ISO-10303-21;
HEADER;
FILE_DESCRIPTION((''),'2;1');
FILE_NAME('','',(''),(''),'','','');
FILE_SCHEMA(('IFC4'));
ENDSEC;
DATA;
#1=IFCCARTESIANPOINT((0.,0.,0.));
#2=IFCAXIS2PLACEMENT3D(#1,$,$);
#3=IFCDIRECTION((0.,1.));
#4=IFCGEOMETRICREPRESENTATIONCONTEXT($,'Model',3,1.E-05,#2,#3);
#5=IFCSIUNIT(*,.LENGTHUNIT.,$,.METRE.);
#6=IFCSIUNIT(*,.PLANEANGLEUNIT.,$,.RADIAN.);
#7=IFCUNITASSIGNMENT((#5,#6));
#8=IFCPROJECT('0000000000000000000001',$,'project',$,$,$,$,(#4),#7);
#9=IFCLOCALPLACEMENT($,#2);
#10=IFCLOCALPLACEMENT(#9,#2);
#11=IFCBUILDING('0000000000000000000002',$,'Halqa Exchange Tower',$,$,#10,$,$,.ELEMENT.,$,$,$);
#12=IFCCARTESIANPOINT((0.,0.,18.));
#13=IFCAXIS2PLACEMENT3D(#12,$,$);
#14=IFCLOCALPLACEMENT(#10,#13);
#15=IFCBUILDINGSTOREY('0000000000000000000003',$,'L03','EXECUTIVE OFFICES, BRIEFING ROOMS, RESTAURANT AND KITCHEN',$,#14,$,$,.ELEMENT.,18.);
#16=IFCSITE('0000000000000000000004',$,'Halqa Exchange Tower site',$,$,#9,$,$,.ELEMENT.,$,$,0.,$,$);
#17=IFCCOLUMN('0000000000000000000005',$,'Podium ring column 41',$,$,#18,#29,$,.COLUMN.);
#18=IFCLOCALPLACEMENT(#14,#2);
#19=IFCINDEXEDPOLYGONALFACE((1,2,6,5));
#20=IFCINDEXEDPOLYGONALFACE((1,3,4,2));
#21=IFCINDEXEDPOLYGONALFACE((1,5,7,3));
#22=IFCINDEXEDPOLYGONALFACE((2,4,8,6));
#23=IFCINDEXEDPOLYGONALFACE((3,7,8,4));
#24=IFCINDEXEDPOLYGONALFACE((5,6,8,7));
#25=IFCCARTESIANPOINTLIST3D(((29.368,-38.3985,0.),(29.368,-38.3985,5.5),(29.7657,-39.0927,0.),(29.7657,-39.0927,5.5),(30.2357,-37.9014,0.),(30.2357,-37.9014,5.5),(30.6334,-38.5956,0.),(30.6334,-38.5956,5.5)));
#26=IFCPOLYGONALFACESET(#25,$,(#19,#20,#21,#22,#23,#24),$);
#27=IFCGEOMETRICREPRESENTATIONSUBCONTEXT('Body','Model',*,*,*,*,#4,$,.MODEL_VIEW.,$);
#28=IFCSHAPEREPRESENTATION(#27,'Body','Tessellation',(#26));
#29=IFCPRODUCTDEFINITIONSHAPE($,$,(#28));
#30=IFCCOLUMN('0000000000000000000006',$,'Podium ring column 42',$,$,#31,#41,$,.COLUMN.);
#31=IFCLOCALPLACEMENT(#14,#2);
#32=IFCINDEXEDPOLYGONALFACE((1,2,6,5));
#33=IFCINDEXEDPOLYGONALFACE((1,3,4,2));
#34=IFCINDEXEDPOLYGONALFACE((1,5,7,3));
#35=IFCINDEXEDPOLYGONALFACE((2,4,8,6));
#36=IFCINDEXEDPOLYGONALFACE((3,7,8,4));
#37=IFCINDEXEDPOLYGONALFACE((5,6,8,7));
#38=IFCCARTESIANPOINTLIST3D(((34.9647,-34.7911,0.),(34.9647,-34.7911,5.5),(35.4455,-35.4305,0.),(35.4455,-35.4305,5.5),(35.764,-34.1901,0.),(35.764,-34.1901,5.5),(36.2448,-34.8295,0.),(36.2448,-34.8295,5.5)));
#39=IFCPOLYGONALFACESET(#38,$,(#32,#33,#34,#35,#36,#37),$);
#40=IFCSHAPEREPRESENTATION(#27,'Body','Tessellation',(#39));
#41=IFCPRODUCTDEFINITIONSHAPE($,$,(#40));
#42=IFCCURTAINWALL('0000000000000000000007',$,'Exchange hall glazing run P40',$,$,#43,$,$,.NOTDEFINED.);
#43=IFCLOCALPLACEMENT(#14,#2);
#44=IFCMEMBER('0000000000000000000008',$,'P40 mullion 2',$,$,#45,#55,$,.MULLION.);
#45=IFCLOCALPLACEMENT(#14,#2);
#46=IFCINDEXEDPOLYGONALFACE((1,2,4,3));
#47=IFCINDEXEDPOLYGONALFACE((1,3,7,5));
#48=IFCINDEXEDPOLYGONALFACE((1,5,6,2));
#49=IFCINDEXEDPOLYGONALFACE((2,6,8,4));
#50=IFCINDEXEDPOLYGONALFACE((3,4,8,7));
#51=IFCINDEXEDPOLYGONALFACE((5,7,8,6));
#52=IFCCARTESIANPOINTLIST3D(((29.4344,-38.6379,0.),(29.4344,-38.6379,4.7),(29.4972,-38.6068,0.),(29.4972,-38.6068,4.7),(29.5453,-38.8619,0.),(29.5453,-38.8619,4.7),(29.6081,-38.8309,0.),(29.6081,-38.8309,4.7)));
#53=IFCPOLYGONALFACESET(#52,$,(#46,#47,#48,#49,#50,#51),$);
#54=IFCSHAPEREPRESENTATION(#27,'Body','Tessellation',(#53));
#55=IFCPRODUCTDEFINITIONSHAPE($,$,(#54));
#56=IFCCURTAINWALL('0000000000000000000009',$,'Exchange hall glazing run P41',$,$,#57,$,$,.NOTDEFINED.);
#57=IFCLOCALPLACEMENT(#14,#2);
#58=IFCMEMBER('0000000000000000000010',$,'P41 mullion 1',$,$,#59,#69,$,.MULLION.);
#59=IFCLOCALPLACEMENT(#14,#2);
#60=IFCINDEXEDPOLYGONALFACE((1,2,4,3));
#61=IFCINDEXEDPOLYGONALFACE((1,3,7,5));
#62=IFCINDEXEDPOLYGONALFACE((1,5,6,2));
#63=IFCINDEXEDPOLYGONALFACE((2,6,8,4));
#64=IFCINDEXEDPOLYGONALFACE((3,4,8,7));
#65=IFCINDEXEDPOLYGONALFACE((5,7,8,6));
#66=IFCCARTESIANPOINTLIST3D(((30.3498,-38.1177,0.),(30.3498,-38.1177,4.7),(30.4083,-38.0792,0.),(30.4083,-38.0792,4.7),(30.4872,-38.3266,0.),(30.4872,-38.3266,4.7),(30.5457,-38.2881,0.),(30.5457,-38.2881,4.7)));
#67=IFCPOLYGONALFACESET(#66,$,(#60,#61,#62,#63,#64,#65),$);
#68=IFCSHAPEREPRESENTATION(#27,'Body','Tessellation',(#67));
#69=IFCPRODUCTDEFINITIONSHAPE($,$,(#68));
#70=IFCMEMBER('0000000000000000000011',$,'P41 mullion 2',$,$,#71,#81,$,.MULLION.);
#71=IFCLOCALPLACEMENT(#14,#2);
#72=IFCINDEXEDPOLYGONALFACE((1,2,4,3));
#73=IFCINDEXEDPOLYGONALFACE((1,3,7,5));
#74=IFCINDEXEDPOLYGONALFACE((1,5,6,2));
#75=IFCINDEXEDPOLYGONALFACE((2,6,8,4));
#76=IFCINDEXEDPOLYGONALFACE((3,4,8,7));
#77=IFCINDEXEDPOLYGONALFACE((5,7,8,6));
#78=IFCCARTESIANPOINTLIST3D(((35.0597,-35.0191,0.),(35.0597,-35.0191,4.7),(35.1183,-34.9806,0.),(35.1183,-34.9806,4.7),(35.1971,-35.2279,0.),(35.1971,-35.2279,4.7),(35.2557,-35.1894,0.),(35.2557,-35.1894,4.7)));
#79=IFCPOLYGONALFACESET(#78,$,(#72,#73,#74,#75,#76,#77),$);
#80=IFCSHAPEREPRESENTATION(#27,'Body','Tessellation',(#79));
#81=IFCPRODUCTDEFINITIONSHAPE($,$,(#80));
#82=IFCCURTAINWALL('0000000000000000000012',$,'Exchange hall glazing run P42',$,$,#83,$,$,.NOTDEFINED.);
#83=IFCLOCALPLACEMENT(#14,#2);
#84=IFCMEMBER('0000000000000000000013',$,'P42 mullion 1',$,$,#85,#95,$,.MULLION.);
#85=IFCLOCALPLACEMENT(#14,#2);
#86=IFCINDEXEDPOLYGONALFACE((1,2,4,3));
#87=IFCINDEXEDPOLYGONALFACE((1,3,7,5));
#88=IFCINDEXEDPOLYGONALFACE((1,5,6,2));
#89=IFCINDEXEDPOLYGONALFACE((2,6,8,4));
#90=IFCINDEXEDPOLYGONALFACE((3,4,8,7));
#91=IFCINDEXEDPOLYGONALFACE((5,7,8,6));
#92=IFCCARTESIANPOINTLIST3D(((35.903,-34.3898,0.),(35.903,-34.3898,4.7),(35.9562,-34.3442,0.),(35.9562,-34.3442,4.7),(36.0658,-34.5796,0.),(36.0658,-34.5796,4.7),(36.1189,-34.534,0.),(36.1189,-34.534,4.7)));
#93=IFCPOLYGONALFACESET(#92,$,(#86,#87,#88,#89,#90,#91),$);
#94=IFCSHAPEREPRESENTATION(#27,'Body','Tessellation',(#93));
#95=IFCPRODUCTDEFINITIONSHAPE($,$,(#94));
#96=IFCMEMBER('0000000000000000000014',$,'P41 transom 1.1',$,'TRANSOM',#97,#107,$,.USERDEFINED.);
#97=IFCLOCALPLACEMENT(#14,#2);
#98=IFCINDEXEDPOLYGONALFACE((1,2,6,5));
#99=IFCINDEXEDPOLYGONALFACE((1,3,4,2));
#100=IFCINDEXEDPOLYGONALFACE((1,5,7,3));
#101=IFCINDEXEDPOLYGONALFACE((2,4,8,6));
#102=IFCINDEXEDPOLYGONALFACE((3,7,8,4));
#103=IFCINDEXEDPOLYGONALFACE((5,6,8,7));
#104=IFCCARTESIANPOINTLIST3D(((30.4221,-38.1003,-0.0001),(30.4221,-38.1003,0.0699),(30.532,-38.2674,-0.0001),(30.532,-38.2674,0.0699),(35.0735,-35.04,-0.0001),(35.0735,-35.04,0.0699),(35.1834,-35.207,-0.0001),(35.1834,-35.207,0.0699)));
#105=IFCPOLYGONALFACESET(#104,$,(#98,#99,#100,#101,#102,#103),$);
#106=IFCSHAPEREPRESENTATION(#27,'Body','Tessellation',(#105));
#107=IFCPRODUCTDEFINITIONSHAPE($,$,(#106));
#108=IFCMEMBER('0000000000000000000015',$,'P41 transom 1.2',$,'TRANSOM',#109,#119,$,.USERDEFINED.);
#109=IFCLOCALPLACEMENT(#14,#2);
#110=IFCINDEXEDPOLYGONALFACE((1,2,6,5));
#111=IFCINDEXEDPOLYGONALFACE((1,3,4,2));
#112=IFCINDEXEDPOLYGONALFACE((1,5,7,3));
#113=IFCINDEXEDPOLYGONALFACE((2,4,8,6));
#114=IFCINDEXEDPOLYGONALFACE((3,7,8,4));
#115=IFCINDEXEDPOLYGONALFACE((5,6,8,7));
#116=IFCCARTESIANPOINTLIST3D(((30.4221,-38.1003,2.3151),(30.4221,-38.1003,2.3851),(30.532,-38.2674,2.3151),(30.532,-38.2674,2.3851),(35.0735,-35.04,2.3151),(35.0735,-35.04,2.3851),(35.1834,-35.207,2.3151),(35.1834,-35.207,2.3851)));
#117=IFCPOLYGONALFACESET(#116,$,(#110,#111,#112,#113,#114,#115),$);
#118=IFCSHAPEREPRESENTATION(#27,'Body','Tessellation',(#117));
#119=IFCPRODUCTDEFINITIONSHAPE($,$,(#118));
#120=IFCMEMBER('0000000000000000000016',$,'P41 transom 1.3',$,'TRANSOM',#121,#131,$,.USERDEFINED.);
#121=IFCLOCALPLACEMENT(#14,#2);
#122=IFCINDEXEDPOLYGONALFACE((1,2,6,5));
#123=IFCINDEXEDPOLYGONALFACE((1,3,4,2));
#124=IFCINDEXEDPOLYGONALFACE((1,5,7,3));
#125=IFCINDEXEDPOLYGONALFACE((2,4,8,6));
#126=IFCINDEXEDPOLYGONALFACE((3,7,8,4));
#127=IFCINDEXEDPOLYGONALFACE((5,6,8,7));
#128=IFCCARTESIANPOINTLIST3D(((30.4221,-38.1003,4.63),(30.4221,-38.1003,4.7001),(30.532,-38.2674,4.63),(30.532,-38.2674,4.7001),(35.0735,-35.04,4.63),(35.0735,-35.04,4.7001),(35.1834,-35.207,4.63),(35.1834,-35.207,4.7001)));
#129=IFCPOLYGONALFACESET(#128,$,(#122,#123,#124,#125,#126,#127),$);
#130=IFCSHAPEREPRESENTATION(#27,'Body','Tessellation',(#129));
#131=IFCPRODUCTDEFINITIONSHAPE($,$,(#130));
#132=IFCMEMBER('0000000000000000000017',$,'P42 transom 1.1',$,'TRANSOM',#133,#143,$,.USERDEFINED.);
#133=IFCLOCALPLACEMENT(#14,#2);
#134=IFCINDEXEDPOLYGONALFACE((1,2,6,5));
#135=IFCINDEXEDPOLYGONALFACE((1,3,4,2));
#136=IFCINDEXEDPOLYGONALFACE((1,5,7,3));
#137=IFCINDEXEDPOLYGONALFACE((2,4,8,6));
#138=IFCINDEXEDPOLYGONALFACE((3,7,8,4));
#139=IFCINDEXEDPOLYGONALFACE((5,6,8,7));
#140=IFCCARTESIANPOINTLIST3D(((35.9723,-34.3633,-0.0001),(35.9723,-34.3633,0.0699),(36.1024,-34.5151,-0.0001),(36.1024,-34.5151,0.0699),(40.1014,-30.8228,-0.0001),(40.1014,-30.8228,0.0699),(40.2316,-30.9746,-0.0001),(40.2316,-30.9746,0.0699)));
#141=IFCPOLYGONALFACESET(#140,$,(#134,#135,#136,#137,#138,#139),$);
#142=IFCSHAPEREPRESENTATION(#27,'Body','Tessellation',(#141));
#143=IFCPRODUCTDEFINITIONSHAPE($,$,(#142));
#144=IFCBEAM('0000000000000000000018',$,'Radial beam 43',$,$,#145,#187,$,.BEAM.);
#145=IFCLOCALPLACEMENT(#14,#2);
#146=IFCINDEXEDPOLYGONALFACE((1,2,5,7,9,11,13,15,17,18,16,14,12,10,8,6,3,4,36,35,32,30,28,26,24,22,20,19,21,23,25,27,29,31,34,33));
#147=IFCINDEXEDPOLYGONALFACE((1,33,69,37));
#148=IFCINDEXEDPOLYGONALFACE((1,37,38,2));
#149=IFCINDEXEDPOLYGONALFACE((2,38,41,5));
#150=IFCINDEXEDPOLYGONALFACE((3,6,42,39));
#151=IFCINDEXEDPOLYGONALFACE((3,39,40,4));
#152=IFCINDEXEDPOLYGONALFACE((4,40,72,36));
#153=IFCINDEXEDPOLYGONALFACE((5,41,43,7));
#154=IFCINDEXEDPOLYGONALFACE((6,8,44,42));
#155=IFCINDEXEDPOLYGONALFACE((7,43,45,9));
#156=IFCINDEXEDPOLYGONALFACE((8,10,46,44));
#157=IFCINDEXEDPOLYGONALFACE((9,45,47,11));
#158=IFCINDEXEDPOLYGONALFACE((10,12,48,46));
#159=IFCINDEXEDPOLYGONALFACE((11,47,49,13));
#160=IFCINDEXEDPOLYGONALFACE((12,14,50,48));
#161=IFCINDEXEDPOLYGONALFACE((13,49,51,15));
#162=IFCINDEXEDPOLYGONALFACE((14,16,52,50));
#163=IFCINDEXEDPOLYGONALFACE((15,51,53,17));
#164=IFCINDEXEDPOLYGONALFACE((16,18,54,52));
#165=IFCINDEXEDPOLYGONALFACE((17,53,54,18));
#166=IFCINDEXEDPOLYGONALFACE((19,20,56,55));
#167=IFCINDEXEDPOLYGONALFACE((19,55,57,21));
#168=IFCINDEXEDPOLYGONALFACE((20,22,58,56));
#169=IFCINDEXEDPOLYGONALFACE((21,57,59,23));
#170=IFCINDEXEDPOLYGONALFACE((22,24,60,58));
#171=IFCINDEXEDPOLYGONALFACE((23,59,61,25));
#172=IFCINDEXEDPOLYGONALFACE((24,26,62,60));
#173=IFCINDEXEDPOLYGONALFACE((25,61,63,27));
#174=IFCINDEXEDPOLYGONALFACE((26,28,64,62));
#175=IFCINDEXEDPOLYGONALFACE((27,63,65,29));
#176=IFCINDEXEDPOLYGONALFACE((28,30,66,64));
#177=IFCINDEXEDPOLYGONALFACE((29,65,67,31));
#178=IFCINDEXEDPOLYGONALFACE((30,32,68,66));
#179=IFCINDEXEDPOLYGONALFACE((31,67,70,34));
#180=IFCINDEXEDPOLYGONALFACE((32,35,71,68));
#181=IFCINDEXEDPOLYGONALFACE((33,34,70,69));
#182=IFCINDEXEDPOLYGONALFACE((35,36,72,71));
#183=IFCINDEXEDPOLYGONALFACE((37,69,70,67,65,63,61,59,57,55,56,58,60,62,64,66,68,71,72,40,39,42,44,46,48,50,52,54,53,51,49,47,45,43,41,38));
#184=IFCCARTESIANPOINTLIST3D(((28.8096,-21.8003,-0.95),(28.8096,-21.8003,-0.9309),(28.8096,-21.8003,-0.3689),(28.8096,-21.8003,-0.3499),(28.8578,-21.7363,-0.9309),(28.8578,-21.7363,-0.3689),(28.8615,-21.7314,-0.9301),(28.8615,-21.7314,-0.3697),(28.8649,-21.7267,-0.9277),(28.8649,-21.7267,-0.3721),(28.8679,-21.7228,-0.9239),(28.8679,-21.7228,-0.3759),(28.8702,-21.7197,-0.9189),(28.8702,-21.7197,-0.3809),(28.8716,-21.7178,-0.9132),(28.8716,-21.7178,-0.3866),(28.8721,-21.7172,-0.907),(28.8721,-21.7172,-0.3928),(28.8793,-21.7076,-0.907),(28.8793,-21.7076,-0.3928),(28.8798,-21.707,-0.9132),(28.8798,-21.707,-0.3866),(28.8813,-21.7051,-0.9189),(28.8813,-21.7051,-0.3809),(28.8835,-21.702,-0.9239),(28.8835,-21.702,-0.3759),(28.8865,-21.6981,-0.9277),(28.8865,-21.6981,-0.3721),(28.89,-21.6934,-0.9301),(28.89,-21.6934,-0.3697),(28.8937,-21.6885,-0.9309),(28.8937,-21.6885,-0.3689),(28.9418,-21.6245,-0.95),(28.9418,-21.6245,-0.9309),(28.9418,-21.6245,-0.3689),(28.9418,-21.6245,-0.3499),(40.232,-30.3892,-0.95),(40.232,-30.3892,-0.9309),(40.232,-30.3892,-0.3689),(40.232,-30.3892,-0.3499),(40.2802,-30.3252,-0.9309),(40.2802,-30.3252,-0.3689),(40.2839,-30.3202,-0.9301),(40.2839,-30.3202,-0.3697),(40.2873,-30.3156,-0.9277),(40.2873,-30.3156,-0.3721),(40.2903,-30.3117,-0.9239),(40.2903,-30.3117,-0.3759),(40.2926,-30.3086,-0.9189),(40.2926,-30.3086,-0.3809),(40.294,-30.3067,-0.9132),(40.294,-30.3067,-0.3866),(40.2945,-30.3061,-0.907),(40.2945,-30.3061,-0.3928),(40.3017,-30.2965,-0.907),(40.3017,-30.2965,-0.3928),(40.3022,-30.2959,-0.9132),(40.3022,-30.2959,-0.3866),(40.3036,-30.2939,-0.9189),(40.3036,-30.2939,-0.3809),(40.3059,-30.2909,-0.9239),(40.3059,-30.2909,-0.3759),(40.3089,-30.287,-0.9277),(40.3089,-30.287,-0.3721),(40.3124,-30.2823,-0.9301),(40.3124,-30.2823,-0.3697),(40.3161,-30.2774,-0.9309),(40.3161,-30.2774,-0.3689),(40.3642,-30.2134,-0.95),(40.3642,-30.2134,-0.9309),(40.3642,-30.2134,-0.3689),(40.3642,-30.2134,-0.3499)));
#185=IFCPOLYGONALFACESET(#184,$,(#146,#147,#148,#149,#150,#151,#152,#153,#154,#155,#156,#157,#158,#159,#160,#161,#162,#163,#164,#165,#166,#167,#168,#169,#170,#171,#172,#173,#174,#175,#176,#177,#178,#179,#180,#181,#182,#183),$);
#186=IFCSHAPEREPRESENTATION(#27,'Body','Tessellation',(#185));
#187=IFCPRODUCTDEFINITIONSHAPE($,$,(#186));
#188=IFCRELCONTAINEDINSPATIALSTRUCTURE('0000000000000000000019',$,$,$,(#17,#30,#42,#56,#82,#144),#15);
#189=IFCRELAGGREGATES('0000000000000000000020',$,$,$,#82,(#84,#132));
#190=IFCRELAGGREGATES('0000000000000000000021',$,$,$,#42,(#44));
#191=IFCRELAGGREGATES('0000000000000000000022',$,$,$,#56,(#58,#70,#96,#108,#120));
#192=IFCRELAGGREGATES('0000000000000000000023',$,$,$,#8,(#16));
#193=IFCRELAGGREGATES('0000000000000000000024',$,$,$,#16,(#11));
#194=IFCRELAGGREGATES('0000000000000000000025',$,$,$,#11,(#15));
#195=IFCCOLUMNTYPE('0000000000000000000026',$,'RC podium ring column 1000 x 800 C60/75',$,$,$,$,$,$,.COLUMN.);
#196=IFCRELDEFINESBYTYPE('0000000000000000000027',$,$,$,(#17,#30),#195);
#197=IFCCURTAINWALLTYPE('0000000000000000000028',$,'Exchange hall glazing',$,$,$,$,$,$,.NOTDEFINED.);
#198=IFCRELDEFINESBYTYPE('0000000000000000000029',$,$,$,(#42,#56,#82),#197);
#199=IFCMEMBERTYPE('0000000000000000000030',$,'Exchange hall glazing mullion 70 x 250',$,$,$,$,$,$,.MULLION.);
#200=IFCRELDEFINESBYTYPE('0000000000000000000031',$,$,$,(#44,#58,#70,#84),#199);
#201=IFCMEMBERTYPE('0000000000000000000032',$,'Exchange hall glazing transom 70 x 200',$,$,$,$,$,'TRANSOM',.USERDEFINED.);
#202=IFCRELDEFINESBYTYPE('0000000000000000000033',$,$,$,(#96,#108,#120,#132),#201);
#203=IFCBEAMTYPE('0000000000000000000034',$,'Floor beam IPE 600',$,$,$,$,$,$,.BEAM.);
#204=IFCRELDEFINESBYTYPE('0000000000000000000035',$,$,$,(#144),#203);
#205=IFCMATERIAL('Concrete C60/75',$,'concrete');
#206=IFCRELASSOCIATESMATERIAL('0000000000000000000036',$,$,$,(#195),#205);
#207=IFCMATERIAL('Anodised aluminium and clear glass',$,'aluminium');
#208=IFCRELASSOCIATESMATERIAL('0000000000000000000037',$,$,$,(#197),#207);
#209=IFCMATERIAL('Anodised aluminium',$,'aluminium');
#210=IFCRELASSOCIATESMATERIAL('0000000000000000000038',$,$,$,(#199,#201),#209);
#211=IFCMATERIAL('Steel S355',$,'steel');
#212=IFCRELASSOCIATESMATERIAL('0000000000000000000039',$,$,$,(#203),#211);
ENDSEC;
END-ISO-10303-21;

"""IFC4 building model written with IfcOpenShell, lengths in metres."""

from ifc_helpers import new_model, si_unit, direction, frame, origin, origin_2d, place, context, subcontext, project, spatial, rectangle, i_section, extrude, material, material_profile, profile_set, type_object, element, aggregate, save


model = new_model("IFC4")

# Units and contexts
model_context = context("Model", 3, precision=1e-05, world=origin(), true_north=direction((0.0, 1.0)))
body_context = subcontext(model_context, "Body", "Model", "MODEL_VIEW")
ifc_project = project(units=[si_unit("LENGTHUNIT", "METRE"), si_unit("PLANEANGLEUNIT", "RADIAN")], contexts=[model_context])

# Site, building, storey
site_placement = place(None, origin())
site = spatial("IfcSite", under=ifc_project, at=site_placement, Name="Halqa Exchange Tower site", CompositionType="ELEMENT", RefElevation=0.0)
building_placement = place(site_placement, origin())
building = spatial("IfcBuilding", under=site, at=building_placement, Name="Halqa Exchange Tower", CompositionType="ELEMENT")
storey_placement = place(building_placement, frame((0.0, 0.0, 18.0)))
storey = spatial("IfcBuildingStorey", under=building, at=storey_placement, Name="L03", Description="EXECUTIVE OFFICES, BRIEFING ROOMS, RESTAURANT AND KITCHEN", CompositionType="ELEMENT", Elevation=18.0)

# Columns
ifc_material_1 = material(Name="Concrete C60/75", Category="concrete")
ifc_material_profile_1 = material_profile(ifc_material_1, rectangle(XDim=1.0, YDim=0.8, at=origin_2d()), Name="1000 x 800")
ifc_profile_set_1 = profile_set([ifc_material_profile_1], Name="Concrete C60/75")
column_type = type_object("IfcColumnType", Name="RC podium ring column 1000 x 800 C60/75", PredefinedType="COLUMN", material=ifc_profile_set_1)
for number, where, z_axis, x_axis, name in (
    (1, (30.0007, -38.4971, 0.0), (0.0, 0.0, 1.0), (0.867693, 0.4971, 0.0), "Podium ring column 41"),
    (2, (35.6047, -34.8103, 0.0), (0.0, 0.0, 1.0), (0.79926, 0.600985, 0.0), "Podium ring column 42"),
):
    element("IfcColumn", number, at=place(storey_placement, frame(where, z_axis=z_axis, x_axis=x_axis)), inside=storey, type_object=column_type, Name=name, PredefinedType="COLUMN", context=body_context, shape_type="SweptSolid", body=[
        extrude(rectangle(XDim=1.0, YDim=0.8, at=origin_2d()), origin(), (0.0, 0.0, 1.0), 5.5),
    ])

# Curtain wall, member
ifc_material_2 = material(Name="Anodised aluminium and clear glass", Category="aluminium")
curtain_wall_type = type_object("IfcCurtainWallType", Name="Exchange hall glazing", PredefinedType="NOTDEFINED", material=ifc_material_2)
curtain_wall_1_placement = place(storey_placement, origin())
curtain_wall_1 = element("IfcCurtainWall", 3, at=curtain_wall_1_placement, inside=storey, type_object=curtain_wall_type, Name="Exchange hall glazing run P40", PredefinedType="NOTDEFINED")
ifc_material_3 = material(Name="Anodised aluminium", Category="aluminium")
ifc_material_profile_2 = material_profile(ifc_material_3, rectangle(XDim=0.25, YDim=0.0701, at=origin_2d()), Name="AL 70x250")
ifc_profile_set_2 = profile_set([ifc_material_profile_2], Name="Anodised aluminium")
member_type_1 = type_object("IfcMemberType", Name="Exchange hall glazing mullion 70 x 250", PredefinedType="MULLION", material=ifc_profile_set_2)
member_1_placement = place(storey_placement, frame((29.5212, -38.7344, 0.0), z_axis=(0.0, 0.0, 1.0), x_axis=(-0.443653, 0.896198, 0.0)))
member_1 = element("IfcMember", 4, at=member_1_placement, type_object=member_type_1, Name="P40 mullion 2", PredefinedType="MULLION", context=body_context, shape_type="SweptSolid", body=[
    extrude(rectangle(XDim=0.25, YDim=0.0701, at=origin_2d()), origin(), (0.0, 0.0, 1.0), 4.7),
])

# Curtain wall, members
curtain_wall_2_placement = place(storey_placement, origin())
curtain_wall_2 = element("IfcCurtainWall", 5, at=curtain_wall_2_placement, inside=storey, type_object=curtain_wall_type, Name="Exchange hall glazing run P41", PredefinedType="NOTDEFINED")
member_2_placement = place(storey_placement, frame((30.4478, -38.2029, 0.0), z_axis=(0.0, 0.0, 1.0), x_axis=(-0.54962, 0.835415, 0.0)))
member_2 = element("IfcMember", 6, at=member_2_placement, type_object=member_type_1, Name="P41 mullion 1", PredefinedType="MULLION", context=body_context, shape_type="SweptSolid", body=[
    extrude(rectangle(XDim=0.25, YDim=0.0701, at=origin_2d()), origin(), (0.0, 0.0, 1.0), 4.7),
])
member_3_placement = place(storey_placement, frame((35.1577, -35.1042, 0.0), z_axis=(0.0, 0.0, 1.0), x_axis=(-0.54962, 0.835415, 0.0)))
member_3 = element("IfcMember", 7, at=member_3_placement, type_object=member_type_1, Name="P41 mullion 2", PredefinedType="MULLION", context=body_context, shape_type="SweptSolid", body=[
    extrude(rectangle(XDim=0.25, YDim=0.0701, at=origin_2d()), origin(), (0.0, 0.0, 1.0), 4.7),
])

# Curtain wall, member
curtain_wall_3_placement = place(storey_placement, origin())
curtain_wall_3 = element("IfcCurtainWall", 8, at=curtain_wall_3_placement, inside=storey, type_object=curtain_wall_type, Name="Exchange hall glazing run P42", PredefinedType="NOTDEFINED")
member_4_placement = place(storey_placement, frame((36.011, -34.4619, 0.0), z_axis=(0.0, 0.0, 1.0), x_axis=(-0.650911, 0.759154, 0.0)))
member_4 = element("IfcMember", 9, at=member_4_placement, type_object=member_type_1, Name="P42 mullion 1", PredefinedType="MULLION", context=body_context, shape_type="SweptSolid", body=[
    extrude(rectangle(XDim=0.25, YDim=0.0701, at=origin_2d()), origin(), (0.0, 0.0, 1.0), 4.7),
])

# Members
ifc_material_profile_3 = material_profile(ifc_material_3, rectangle(XDim=0.2, YDim=0.0701, at=origin_2d()), Name="AL 70x200")
ifc_profile_set_3 = profile_set([ifc_material_profile_3], Name="Anodised aluminium")
member_type_2 = type_object("IfcMemberType", Name="Exchange hall glazing transom 70 x 200", ElementType="TRANSOM", PredefinedType="USERDEFINED", material=ifc_profile_set_3)
member_5_placement = place(storey_placement, frame((30.4771, -38.1838, 0.0349), z_axis=(0.835401, 0.549641, 0.0), x_axis=(-0.549641, 0.835401, 0.0)))
member_5 = element("IfcMember", 10, at=member_5_placement, type_object=member_type_2, Name="P41 transom 1.1", ObjectType="TRANSOM", PredefinedType="USERDEFINED", context=body_context, shape_type="SweptSolid", body=[
    extrude(rectangle(XDim=0.2, YDim=0.0701, at=origin_2d()), origin(), (0.0, 0.0, 1.0), 5.5679),
])
member_6_placement = place(storey_placement, frame((30.4771, -38.1838, 2.3501), z_axis=(0.835401, 0.549641, 0.0), x_axis=(-0.549641, 0.835401, 0.0)))
member_6 = element("IfcMember", 11, at=member_6_placement, type_object=member_type_2, Name="P41 transom 1.2", ObjectType="TRANSOM", PredefinedType="USERDEFINED", context=body_context, shape_type="SweptSolid", body=[
    extrude(rectangle(XDim=0.2, YDim=0.0701, at=origin_2d()), origin(), (0.0, 0.0, 1.0), 5.5679),
])
member_7_placement = place(storey_placement, frame((30.4771, -38.1838, 4.665), z_axis=(0.835401, 0.549641, 0.0), x_axis=(-0.549641, 0.835401, 0.0)))
member_7 = element("IfcMember", 12, at=member_7_placement, type_object=member_type_2, Name="P41 transom 1.3", ObjectType="TRANSOM", PredefinedType="USERDEFINED", context=body_context, shape_type="SweptSolid", body=[
    extrude(rectangle(XDim=0.2, YDim=0.0701, at=origin_2d()), origin(), (0.0, 0.0, 1.0), 5.5679),
])
member_8_placement = place(storey_placement, frame((36.0374, -34.4392, 0.0349), z_axis=(0.759143, 0.650924, 0.0), x_axis=(-0.650924, 0.759143, 0.0)))
member_8 = element("IfcMember", 13, at=member_8_placement, type_object=member_type_2, Name="P42 transom 1.1", ObjectType="TRANSOM", PredefinedType="USERDEFINED", context=body_context, shape_type="SweptSolid", body=[
    extrude(rectangle(XDim=0.2, YDim=0.0701, at=origin_2d()), origin(), (0.0, 0.0, 1.0), 5.4392),
])
aggregate(curtain_wall_3, [member_4, member_8])

# Beam
ifc_material_4 = material(Name="Steel S355", Category="steel")
ifc_material_profile_4 = material_profile(ifc_material_4, i_section(OverallWidth=0.22, OverallDepth=0.6001, WebThickness=0.012, FlangeThickness=0.019, FilletRadius=0.0239, at=origin_2d()), Name="IPE 600")
ifc_profile_set_4 = profile_set([ifc_material_profile_4], Name="Steel S355")
beam_type_1 = type_object("IfcBeamType", Name="Floor beam IPE 600", PredefinedType="BEAM", material=ifc_profile_set_4)
beam_1_placement = place(storey_placement, frame((28.8757, -21.7124, -0.6499), z_axis=(0.799257, -0.600989, 0.0), x_axis=(0.600989, 0.799257, 0.0)))
element("IfcBeam", 14, at=beam_1_placement, inside=storey, type_object=beam_type_1, Name="Radial beam 43", PredefinedType="BEAM", context=body_context, shape_type="SweptSolid", body=[
    extrude(i_section(OverallWidth=0.22, OverallDepth=0.6001, WebThickness=0.012, FlangeThickness=0.019, FilletRadius=0.0239, at=origin_2d()), origin(), (0.0, 0.0, 1.0), 14.2913),
])

aggregate(curtain_wall_1, [member_1])
aggregate(curtain_wall_2, [member_2, member_3, member_5, member_6, member_7])

save(model, "model.ifc")
